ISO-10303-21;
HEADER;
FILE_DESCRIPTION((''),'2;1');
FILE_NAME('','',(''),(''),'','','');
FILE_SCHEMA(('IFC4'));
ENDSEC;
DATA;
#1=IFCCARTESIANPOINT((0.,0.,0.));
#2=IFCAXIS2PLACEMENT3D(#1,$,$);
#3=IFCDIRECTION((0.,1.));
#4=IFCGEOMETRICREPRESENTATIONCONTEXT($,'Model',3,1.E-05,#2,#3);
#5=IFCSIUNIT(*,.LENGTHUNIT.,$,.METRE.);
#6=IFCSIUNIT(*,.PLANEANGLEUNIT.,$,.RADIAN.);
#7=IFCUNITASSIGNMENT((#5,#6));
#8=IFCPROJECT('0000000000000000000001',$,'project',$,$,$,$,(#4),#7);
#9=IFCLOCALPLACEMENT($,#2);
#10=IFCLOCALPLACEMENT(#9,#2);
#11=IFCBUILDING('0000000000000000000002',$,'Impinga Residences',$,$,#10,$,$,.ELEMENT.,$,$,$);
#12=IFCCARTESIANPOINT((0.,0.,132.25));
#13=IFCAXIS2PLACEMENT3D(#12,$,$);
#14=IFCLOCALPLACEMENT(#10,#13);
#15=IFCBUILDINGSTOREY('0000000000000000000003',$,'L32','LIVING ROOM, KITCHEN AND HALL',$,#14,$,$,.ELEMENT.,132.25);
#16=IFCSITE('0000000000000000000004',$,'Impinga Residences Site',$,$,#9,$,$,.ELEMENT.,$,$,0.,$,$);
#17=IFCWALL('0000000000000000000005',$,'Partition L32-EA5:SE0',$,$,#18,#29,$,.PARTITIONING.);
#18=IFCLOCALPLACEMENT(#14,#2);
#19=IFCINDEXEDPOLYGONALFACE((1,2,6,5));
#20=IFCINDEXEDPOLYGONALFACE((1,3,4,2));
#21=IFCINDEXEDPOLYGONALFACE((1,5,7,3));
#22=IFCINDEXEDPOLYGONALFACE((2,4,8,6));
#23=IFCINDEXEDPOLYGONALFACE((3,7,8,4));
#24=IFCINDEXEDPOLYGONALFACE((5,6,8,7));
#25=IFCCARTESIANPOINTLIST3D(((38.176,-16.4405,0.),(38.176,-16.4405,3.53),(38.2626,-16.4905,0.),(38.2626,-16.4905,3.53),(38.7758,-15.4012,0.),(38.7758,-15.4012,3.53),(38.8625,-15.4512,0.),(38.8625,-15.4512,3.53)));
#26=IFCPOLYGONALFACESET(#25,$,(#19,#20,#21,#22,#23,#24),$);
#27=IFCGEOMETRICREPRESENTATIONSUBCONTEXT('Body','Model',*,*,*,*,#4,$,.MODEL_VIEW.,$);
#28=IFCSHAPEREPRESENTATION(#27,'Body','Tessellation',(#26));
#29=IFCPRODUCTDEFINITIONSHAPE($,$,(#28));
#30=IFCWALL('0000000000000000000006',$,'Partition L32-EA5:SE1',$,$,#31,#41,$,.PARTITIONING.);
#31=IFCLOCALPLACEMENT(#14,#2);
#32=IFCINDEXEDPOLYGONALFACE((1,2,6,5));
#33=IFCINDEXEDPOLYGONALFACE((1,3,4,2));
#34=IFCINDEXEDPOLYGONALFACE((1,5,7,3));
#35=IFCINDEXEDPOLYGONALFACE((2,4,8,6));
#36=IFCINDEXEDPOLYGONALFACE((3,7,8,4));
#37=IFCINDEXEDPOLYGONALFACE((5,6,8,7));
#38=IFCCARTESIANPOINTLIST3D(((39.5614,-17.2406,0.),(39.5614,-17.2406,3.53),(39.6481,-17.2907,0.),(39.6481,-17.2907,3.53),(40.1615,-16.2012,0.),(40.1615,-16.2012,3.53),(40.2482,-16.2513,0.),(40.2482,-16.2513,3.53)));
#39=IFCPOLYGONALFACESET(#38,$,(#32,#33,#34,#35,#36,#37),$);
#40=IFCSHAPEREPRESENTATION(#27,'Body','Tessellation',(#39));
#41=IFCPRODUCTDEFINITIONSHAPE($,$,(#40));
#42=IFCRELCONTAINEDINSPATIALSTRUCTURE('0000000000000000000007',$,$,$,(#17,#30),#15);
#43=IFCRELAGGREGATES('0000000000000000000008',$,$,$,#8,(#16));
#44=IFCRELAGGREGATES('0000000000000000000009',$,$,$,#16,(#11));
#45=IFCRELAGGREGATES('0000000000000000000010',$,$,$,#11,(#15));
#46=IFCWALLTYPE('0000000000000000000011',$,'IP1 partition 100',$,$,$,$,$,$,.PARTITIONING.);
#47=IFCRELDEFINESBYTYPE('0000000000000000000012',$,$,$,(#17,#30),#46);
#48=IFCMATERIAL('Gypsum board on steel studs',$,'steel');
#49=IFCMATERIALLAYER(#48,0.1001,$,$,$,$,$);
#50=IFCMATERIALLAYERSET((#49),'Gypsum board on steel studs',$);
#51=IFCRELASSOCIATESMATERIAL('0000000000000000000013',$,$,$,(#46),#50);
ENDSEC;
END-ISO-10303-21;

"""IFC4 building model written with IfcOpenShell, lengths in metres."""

from ifc_helpers import new_model, si_unit, direction, frame, frame_2d, origin, place, context, subcontext, project, spatial, rectangle, extrude, material, layer, layer_set, type_object, element, save


model = new_model("IFC4")

# Units and contexts
model_context = context("Model", 3, precision=1e-05, world=origin(), true_north=direction((0.0, 1.0)))
body_context = subcontext(model_context, "Body", "Model", "MODEL_VIEW")
ifc_project = project(units=[si_unit("LENGTHUNIT", "METRE"), si_unit("PLANEANGLEUNIT", "RADIAN")], contexts=[model_context])

# Site, building, storey
site_placement = place(None, origin())
site = spatial("IfcSite", under=ifc_project, at=site_placement, Name="Impinga Residences Site", CompositionType="ELEMENT", RefElevation=0.0)
building_placement = place(site_placement, origin())
building = spatial("IfcBuilding", under=site, at=building_placement, Name="Impinga Residences", CompositionType="ELEMENT")
storey_placement = place(building_placement, frame((0.0, 0.0, 132.25)))
storey = spatial("IfcBuildingStorey", under=building, at=storey_placement, Name="L32", Description="LIVING ROOM, KITCHEN AND HALL", CompositionType="ELEMENT", Elevation=132.25)

# Shared definitions
ifc_material_1 = material(Name="Gypsum board on steel studs", Category="steel")
ifc_layer_1 = layer(ifc_material_1, 0.1001)
ifc_layer_set_1 = layer_set([ifc_layer_1], Name="Gypsum board on steel studs")
wall_type_1 = type_object("IfcWallType", Name="IP1 partition 100", PredefinedType="PARTITIONING", material=ifc_layer_set_1)

# Walls
wall_1_placement = place(storey_placement, frame((38.2192, -16.4656, 0.0), z_axis=(0.0, 0.0, 1.0), x_axis=(0.499881, 0.866094, 0.0)))
element("IfcWall", 1, at=wall_1_placement, inside=storey, type_object=wall_type_1, Name="Partition L32-EA5:SE0", PredefinedType="PARTITIONING", context=body_context, shape_type="SweptSolid", body=[
    extrude(rectangle(XDim=1.2, YDim=0.1001, at=frame_2d((0.6001, 0.0))), origin(), (0.0, 0.0, 1.0), 3.53),
])
wall_2_placement = place(storey_placement, frame((39.6047, -17.2656, 0.0), z_axis=(0.0, 0.0, 1.0), x_axis=(0.500034, 0.866006, 0.0)))
element("IfcWall", 2, at=wall_2_placement, inside=storey, type_object=wall_type_1, Name="Partition L32-EA5:SE1", PredefinedType="PARTITIONING", context=body_context, shape_type="SweptSolid", body=[
    extrude(rectangle(XDim=1.2002, YDim=0.1001, at=frame_2d((0.6001, 0.0))), origin(), (0.0, 0.0, 1.0), 3.53),
])

save(model, "model.ifc")
